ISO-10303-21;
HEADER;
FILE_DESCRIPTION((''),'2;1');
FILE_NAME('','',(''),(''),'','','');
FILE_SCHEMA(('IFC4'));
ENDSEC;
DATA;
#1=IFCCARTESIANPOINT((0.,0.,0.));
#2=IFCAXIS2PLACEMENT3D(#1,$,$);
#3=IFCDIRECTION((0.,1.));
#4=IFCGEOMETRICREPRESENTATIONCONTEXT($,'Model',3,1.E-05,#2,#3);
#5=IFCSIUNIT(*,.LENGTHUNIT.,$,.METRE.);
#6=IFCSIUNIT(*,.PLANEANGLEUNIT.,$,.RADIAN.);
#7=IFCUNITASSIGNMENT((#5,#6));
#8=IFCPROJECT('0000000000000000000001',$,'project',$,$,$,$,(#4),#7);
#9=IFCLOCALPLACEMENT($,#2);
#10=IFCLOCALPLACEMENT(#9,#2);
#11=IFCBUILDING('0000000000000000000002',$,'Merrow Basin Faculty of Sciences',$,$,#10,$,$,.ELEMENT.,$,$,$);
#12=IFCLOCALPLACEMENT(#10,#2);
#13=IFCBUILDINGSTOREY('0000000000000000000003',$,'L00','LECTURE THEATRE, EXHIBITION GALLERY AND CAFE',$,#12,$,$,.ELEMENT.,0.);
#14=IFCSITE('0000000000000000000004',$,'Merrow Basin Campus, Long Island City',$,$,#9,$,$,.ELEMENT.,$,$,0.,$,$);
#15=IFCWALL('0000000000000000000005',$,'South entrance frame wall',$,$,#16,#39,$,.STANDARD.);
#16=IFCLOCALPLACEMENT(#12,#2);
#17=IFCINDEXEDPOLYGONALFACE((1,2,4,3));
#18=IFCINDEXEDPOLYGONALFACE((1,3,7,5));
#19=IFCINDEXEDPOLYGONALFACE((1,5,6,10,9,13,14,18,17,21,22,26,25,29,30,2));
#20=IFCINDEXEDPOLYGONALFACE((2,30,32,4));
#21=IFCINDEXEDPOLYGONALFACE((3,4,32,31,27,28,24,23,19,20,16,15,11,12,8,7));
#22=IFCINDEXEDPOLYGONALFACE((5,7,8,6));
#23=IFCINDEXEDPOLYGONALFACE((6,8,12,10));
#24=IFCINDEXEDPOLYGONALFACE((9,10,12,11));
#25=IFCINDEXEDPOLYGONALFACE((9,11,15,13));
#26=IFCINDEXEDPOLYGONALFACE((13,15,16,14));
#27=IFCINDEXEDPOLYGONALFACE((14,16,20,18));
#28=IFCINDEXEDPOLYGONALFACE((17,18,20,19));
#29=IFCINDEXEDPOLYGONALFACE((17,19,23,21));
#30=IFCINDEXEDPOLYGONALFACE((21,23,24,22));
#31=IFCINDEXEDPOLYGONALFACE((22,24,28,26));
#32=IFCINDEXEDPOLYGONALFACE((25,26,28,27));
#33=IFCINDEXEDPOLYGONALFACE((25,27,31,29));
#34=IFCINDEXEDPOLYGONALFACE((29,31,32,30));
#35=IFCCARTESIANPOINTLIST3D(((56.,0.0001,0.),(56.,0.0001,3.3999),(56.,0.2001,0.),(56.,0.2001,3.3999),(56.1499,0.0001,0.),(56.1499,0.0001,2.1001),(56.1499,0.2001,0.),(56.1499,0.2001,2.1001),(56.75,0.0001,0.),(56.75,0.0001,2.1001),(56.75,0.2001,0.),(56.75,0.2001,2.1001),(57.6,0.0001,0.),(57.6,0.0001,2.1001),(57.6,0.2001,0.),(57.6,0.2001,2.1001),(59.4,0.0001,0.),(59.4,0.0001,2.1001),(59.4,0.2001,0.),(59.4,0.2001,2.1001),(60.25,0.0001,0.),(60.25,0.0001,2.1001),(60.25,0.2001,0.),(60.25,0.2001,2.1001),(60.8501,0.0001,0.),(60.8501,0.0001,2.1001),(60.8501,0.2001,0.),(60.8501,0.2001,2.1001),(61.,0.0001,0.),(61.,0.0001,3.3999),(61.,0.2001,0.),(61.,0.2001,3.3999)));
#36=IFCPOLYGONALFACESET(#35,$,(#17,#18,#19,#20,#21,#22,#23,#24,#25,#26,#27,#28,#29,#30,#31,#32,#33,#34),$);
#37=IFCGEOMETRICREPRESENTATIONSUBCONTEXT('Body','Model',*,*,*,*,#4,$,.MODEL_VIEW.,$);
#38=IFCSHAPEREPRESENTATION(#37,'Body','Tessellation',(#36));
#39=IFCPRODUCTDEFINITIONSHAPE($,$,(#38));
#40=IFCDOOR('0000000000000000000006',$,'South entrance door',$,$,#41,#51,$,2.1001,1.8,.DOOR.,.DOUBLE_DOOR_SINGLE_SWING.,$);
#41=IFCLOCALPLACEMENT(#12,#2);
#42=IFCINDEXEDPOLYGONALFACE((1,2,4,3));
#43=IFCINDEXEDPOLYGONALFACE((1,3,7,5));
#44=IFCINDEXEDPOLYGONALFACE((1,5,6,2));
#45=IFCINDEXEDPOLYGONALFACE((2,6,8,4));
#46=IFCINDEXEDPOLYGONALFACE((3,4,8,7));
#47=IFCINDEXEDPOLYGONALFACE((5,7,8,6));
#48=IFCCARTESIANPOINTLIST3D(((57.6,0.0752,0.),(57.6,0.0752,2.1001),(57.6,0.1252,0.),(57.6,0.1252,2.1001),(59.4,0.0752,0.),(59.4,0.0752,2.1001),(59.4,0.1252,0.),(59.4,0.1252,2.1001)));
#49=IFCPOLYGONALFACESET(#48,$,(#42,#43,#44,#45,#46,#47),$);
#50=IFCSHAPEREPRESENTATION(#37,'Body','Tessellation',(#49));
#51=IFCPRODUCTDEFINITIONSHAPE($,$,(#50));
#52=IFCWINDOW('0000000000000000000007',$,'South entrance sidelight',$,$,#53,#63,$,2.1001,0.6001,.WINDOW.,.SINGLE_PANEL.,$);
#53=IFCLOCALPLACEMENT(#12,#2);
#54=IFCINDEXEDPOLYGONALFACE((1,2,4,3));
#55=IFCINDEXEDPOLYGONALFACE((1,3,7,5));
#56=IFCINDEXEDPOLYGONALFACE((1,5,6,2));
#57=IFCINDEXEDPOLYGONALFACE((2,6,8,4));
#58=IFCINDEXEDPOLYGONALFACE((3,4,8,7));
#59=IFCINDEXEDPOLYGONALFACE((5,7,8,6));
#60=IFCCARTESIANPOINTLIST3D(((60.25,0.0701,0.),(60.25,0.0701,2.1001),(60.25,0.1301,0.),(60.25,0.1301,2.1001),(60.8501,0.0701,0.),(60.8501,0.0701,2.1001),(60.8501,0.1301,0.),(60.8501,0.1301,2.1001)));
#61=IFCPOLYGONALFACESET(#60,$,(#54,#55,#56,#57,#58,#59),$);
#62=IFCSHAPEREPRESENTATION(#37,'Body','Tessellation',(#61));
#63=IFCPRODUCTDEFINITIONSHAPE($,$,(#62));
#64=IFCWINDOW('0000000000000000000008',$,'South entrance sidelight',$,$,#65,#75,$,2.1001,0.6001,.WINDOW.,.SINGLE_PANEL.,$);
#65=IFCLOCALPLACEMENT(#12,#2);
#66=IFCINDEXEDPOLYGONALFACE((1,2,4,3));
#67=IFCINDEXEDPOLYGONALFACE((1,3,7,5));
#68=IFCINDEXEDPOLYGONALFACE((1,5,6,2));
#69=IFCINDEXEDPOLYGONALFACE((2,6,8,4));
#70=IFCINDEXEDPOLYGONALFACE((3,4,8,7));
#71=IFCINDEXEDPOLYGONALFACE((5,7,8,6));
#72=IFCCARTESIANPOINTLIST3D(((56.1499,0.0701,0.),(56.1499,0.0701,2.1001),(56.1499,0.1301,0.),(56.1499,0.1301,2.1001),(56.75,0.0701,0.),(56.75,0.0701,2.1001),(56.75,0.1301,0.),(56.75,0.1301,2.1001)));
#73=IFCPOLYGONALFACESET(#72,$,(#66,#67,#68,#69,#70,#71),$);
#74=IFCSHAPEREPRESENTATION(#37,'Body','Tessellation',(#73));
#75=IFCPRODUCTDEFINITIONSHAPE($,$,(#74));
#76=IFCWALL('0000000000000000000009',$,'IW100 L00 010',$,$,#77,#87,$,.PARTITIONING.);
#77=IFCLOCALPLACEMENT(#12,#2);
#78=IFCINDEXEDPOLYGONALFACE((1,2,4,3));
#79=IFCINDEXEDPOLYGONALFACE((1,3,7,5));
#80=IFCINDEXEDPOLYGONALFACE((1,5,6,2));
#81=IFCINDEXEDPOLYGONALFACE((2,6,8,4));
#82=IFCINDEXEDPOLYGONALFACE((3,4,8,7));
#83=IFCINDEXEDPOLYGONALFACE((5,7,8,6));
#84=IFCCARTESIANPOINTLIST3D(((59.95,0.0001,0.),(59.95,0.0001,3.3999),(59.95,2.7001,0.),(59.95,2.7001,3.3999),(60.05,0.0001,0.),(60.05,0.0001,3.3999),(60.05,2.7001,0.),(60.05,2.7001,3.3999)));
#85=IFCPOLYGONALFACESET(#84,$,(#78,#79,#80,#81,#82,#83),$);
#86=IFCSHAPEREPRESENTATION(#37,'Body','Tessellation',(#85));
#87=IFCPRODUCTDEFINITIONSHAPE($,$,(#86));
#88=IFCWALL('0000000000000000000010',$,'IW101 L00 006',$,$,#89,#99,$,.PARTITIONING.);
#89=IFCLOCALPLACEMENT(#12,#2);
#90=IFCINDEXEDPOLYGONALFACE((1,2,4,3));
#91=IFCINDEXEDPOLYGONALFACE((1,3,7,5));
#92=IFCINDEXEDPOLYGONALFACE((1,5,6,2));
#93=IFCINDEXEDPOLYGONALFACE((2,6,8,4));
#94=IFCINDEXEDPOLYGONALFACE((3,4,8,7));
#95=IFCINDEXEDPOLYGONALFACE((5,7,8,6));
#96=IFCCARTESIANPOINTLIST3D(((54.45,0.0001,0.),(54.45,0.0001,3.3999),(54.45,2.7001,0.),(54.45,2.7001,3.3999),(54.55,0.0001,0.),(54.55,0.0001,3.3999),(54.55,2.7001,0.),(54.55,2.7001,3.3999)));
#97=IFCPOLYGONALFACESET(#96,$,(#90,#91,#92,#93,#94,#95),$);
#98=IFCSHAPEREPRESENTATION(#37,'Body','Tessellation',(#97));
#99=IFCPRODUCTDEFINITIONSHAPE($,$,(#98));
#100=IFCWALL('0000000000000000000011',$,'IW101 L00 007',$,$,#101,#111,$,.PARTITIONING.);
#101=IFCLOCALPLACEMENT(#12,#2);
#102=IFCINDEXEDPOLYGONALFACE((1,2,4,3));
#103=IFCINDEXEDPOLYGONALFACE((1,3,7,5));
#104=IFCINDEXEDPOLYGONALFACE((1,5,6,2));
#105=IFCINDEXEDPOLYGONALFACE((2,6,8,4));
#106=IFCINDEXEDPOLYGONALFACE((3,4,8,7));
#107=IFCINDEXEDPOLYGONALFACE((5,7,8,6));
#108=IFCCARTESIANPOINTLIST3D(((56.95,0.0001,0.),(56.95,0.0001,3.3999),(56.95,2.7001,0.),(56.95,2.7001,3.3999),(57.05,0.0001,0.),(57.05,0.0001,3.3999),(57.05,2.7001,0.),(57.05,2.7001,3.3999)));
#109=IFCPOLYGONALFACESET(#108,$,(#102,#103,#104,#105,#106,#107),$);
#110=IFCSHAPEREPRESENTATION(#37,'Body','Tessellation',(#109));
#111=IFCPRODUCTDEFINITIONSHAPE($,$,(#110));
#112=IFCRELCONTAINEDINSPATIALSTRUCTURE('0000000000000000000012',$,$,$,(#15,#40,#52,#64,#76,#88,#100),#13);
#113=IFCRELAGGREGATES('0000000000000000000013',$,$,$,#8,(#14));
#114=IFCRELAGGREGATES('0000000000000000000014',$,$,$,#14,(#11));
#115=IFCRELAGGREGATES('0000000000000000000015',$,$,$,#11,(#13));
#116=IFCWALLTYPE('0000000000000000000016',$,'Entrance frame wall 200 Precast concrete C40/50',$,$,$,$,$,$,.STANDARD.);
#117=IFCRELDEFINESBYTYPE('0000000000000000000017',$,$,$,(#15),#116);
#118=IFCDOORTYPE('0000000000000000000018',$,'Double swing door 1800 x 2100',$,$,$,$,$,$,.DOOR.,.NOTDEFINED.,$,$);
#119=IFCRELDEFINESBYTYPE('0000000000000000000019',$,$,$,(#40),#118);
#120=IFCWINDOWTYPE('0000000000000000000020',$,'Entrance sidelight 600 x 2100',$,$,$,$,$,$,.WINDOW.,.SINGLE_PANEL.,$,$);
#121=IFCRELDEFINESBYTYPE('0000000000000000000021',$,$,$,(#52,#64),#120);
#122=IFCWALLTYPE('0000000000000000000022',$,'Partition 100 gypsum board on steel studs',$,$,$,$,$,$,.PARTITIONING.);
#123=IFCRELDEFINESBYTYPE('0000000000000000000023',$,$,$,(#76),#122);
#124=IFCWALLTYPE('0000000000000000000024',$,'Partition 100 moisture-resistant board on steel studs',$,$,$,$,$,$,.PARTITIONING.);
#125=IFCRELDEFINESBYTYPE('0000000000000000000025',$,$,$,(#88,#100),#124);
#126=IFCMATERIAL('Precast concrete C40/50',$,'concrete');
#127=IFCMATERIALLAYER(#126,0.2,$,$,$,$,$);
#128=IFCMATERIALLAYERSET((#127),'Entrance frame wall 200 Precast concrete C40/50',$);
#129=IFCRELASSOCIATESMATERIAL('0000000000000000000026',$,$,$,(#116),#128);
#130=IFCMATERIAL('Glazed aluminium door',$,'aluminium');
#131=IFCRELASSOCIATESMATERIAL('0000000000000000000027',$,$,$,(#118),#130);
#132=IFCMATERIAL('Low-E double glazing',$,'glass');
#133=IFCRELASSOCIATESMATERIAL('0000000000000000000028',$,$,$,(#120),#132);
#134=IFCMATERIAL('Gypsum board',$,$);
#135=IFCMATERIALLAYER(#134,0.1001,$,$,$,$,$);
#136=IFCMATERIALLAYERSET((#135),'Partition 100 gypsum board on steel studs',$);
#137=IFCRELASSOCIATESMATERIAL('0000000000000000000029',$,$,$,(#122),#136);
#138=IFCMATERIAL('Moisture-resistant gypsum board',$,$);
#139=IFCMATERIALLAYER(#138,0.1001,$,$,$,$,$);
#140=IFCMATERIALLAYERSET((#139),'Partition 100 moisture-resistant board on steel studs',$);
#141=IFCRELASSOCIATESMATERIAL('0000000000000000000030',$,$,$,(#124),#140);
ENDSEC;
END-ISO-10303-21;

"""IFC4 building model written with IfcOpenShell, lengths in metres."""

from ifc_helpers import new_model, si_unit, direction, frame, frame_2d, origin, place, context, subcontext, project, spatial, rectangle, extrude, material, layer, layer_set, type_object, element, fill, save


model = new_model("IFC4")

# Units and contexts
model_context = context("Model", 3, precision=1e-05, world=origin(), true_north=direction((0.0, 1.0)))
body_context = subcontext(model_context, "Body", "Model", "MODEL_VIEW")
ifc_project = project(units=[si_unit("LENGTHUNIT", "METRE"), si_unit("PLANEANGLEUNIT", "RADIAN")], contexts=[model_context])

# Site, building, storey
site_placement = place(None, origin())
site = spatial("IfcSite", under=ifc_project, at=site_placement, Name="Merrow Basin Campus, Long Island City", CompositionType="ELEMENT", RefElevation=0.0)
building_placement = place(site_placement, origin())
building = spatial("IfcBuilding", under=site, at=building_placement, Name="Merrow Basin Faculty of Sciences", CompositionType="ELEMENT")
storey_placement = place(building_placement, origin())
storey = spatial("IfcBuildingStorey", under=building, at=storey_placement, Name="L00", Description="LECTURE THEATRE, EXHIBITION GALLERY AND CAFE", CompositionType="ELEMENT", Elevation=0.0)

# Wall, openings, door, windows
ifc_material_1 = material(Name="Precast concrete C40/50", Category="concrete")
ifc_layer_1 = layer(ifc_material_1, 0.2)
ifc_layer_set_1 = layer_set([ifc_layer_1], Name="Entrance frame wall 200 Precast concrete C40/50")
wall_type_1 = type_object("IfcWallType", Name="Entrance frame wall 200 Precast concrete C40/50", PredefinedType="STANDARD", material=ifc_layer_set_1)
wall_1_placement = place(storey_placement, frame((61.0, 0.1001, 0.0), z_axis=(0.0, 0.0, 1.0), x_axis=(-1.0, 0.0, 0.0)))
wall_1 = element("IfcWall", 1, at=wall_1_placement, inside=storey, type_object=wall_type_1, Name="South entrance frame wall", PredefinedType="STANDARD", context=body_context, shape_type="SweptSolid", body=[
    extrude(rectangle(XDim=5.0, YDim=0.2, at=frame_2d((2.5, 0.0))), origin(), (0.0, 0.0, 1.0), 3.3999),
])
opening_1_placement = place(wall_1_placement, frame((1.6001, 0.0, 0.0)))
opening_1 = element("IfcOpeningElement", 2, at=opening_1_placement, cuts=wall_1, PredefinedType="OPENING", context=body_context, shape_type="SweptSolid", body=[
    extrude(rectangle(XDim=1.8, YDim=2.1001, at=frame_2d((0.8999, 1.05))), frame((0.0, 0.1099, 0.0), z_axis=(0.0, -1.0, 0.0), x_axis=(1.0, 0.0, 0.0)), (0.0, 0.0, 1.0), 0.22),
])
opening_2_placement = place(wall_1_placement, frame((0.1499, 0.0, 0.0)))
opening_2 = element("IfcOpeningElement", 3, at=opening_2_placement, cuts=wall_1, PredefinedType="OPENING", context=body_context, shape_type="SweptSolid", body=[
    extrude(rectangle(XDim=0.6001, YDim=2.1001, at=frame_2d((0.3, 1.05))), frame((0.0, 0.1099, 0.0), z_axis=(0.0, -1.0, 0.0), x_axis=(1.0, 0.0, 0.0)), (0.0, 0.0, 1.0), 0.22),
])
opening_3_placement = place(wall_1_placement, frame((4.25, 0.0, 0.0)))
opening_3 = element("IfcOpeningElement", 4, at=opening_3_placement, cuts=wall_1, PredefinedType="OPENING", context=body_context, shape_type="SweptSolid", body=[
    extrude(rectangle(XDim=0.6001, YDim=2.1001, at=frame_2d((0.3, 1.05))), frame((0.0, 0.1099, 0.0), z_axis=(0.0, -1.0, 0.0), x_axis=(1.0, 0.0, 0.0)), (0.0, 0.0, 1.0), 0.22),
])
ifc_material_2 = material(Name="Glazed aluminium door", Category="aluminium")
door_type = type_object("IfcDoorType", Name="Double swing door 1800 x 2100", OperationType="NOTDEFINED", PredefinedType="DOOR", material=ifc_material_2)
door_placement = place(opening_1_placement, origin())
door = element("IfcDoor", 5, at=door_placement, inside=storey, type_object=door_type, Name="South entrance door", OperationType="DOUBLE_DOOR_SINGLE_SWING", OverallHeight=2.1001, OverallWidth=1.8, PredefinedType="DOOR", context=body_context, shape_type="SweptSolid", body=[
    extrude(rectangle(XDim=1.8, YDim=2.1001, at=frame_2d((0.8999, 1.05))), frame((0.0, 0.0249, 0.0), z_axis=(0.0, -1.0, 0.0), x_axis=(1.0, 0.0, 0.0)), (0.0, 0.0, 1.0), 0.05),
])
fill(opening_1, door)
ifc_material_3 = material(Name="Low-E double glazing", Category="glass")
window_type = type_object("IfcWindowType", Name="Entrance sidelight 600 x 2100", PartitioningType="SINGLE_PANEL", PredefinedType="WINDOW", material=ifc_material_3)
window_1_placement = place(opening_2_placement, origin())
window_1 = element("IfcWindow", 6, at=window_1_placement, inside=storey, type_object=window_type, Name="South entrance sidelight", OverallHeight=2.1001, OverallWidth=0.6001, PartitioningType="SINGLE_PANEL", PredefinedType="WINDOW", context=body_context, shape_type="SweptSolid", body=[
    extrude(rectangle(XDim=0.6001, YDim=2.1001, at=frame_2d((0.3, 1.05))), frame((0.0, 0.03, 0.0), z_axis=(0.0, -1.0, 0.0), x_axis=(1.0, 0.0, 0.0)), (0.0, 0.0, 1.0), 0.0601),
])
fill(opening_2, window_1)
window_2_placement = place(opening_3_placement, origin())
window_2 = element("IfcWindow", 7, at=window_2_placement, inside=storey, type_object=window_type, Name="South entrance sidelight", OverallHeight=2.1001, OverallWidth=0.6001, PartitioningType="SINGLE_PANEL", PredefinedType="WINDOW", context=body_context, shape_type="SweptSolid", body=[
    extrude(rectangle(XDim=0.6001, YDim=2.1001, at=frame_2d((0.3, 1.05))), frame((0.0, 0.03, 0.0), z_axis=(0.0, -1.0, 0.0), x_axis=(1.0, 0.0, 0.0)), (0.0, 0.0, 1.0), 0.0601),
])
fill(opening_3, window_2)

# Walls
ifc_material_4 = material(Name="Gypsum board")
ifc_layer_2 = layer(ifc_material_4, 0.1001)
ifc_layer_set_2 = layer_set([ifc_layer_2], Name="Partition 100 gypsum board on steel studs")
wall_type_2 = type_object("IfcWallType", Name="Partition 100 gypsum board on steel studs", PredefinedType="PARTITIONING", material=ifc_layer_set_2)
wall_2_placement = place(storey_placement, frame((60.0, 0.0, 0.0), z_axis=(0.0, 0.0, 1.0), x_axis=(0.0, 1.0, 0.0)))
element("IfcWall", 8, at=wall_2_placement, inside=storey, type_object=wall_type_2, Name="IW100 L00 010", PredefinedType="PARTITIONING", context=body_context, shape_type="SweptSolid", body=[
    extrude(rectangle(XDim=2.7, YDim=0.1001, at=frame_2d((1.3501, 0.0))), origin(), (0.0, 0.0, 1.0), 3.3999),
])
ifc_material_5 = material(Name="Moisture-resistant gypsum board")
ifc_layer_3 = layer(ifc_material_5, 0.1001)
ifc_layer_set_3 = layer_set([ifc_layer_3], Name="Partition 100 moisture-resistant board on steel studs")
wall_type_3 = type_object("IfcWallType", Name="Partition 100 moisture-resistant board on steel studs", PredefinedType="PARTITIONING", material=ifc_layer_set_3)
for number, where, z_axis, x_axis, name in (
    (9, (54.5, 0.0, 0.0), (0.0, 0.0, 1.0), (0.0, 1.0, 0.0), "IW101 L00 006"),
    (10, (57.0, 0.0, 0.0), (0.0, 0.0, 1.0), (0.0, 1.0, 0.0), "IW101 L00 007"),
):
    element("IfcWall", number, at=place(storey_placement, frame(where, z_axis=z_axis, x_axis=x_axis)), inside=storey, type_object=wall_type_3, Name=name, PredefinedType="PARTITIONING", context=body_context, shape_type="SweptSolid", body=[
        extrude(rectangle(XDim=2.7, YDim=0.1001, at=frame_2d((1.3501, 0.0))), origin(), (0.0, 0.0, 1.0), 3.3999),
    ])

save(model, "model.ifc")
